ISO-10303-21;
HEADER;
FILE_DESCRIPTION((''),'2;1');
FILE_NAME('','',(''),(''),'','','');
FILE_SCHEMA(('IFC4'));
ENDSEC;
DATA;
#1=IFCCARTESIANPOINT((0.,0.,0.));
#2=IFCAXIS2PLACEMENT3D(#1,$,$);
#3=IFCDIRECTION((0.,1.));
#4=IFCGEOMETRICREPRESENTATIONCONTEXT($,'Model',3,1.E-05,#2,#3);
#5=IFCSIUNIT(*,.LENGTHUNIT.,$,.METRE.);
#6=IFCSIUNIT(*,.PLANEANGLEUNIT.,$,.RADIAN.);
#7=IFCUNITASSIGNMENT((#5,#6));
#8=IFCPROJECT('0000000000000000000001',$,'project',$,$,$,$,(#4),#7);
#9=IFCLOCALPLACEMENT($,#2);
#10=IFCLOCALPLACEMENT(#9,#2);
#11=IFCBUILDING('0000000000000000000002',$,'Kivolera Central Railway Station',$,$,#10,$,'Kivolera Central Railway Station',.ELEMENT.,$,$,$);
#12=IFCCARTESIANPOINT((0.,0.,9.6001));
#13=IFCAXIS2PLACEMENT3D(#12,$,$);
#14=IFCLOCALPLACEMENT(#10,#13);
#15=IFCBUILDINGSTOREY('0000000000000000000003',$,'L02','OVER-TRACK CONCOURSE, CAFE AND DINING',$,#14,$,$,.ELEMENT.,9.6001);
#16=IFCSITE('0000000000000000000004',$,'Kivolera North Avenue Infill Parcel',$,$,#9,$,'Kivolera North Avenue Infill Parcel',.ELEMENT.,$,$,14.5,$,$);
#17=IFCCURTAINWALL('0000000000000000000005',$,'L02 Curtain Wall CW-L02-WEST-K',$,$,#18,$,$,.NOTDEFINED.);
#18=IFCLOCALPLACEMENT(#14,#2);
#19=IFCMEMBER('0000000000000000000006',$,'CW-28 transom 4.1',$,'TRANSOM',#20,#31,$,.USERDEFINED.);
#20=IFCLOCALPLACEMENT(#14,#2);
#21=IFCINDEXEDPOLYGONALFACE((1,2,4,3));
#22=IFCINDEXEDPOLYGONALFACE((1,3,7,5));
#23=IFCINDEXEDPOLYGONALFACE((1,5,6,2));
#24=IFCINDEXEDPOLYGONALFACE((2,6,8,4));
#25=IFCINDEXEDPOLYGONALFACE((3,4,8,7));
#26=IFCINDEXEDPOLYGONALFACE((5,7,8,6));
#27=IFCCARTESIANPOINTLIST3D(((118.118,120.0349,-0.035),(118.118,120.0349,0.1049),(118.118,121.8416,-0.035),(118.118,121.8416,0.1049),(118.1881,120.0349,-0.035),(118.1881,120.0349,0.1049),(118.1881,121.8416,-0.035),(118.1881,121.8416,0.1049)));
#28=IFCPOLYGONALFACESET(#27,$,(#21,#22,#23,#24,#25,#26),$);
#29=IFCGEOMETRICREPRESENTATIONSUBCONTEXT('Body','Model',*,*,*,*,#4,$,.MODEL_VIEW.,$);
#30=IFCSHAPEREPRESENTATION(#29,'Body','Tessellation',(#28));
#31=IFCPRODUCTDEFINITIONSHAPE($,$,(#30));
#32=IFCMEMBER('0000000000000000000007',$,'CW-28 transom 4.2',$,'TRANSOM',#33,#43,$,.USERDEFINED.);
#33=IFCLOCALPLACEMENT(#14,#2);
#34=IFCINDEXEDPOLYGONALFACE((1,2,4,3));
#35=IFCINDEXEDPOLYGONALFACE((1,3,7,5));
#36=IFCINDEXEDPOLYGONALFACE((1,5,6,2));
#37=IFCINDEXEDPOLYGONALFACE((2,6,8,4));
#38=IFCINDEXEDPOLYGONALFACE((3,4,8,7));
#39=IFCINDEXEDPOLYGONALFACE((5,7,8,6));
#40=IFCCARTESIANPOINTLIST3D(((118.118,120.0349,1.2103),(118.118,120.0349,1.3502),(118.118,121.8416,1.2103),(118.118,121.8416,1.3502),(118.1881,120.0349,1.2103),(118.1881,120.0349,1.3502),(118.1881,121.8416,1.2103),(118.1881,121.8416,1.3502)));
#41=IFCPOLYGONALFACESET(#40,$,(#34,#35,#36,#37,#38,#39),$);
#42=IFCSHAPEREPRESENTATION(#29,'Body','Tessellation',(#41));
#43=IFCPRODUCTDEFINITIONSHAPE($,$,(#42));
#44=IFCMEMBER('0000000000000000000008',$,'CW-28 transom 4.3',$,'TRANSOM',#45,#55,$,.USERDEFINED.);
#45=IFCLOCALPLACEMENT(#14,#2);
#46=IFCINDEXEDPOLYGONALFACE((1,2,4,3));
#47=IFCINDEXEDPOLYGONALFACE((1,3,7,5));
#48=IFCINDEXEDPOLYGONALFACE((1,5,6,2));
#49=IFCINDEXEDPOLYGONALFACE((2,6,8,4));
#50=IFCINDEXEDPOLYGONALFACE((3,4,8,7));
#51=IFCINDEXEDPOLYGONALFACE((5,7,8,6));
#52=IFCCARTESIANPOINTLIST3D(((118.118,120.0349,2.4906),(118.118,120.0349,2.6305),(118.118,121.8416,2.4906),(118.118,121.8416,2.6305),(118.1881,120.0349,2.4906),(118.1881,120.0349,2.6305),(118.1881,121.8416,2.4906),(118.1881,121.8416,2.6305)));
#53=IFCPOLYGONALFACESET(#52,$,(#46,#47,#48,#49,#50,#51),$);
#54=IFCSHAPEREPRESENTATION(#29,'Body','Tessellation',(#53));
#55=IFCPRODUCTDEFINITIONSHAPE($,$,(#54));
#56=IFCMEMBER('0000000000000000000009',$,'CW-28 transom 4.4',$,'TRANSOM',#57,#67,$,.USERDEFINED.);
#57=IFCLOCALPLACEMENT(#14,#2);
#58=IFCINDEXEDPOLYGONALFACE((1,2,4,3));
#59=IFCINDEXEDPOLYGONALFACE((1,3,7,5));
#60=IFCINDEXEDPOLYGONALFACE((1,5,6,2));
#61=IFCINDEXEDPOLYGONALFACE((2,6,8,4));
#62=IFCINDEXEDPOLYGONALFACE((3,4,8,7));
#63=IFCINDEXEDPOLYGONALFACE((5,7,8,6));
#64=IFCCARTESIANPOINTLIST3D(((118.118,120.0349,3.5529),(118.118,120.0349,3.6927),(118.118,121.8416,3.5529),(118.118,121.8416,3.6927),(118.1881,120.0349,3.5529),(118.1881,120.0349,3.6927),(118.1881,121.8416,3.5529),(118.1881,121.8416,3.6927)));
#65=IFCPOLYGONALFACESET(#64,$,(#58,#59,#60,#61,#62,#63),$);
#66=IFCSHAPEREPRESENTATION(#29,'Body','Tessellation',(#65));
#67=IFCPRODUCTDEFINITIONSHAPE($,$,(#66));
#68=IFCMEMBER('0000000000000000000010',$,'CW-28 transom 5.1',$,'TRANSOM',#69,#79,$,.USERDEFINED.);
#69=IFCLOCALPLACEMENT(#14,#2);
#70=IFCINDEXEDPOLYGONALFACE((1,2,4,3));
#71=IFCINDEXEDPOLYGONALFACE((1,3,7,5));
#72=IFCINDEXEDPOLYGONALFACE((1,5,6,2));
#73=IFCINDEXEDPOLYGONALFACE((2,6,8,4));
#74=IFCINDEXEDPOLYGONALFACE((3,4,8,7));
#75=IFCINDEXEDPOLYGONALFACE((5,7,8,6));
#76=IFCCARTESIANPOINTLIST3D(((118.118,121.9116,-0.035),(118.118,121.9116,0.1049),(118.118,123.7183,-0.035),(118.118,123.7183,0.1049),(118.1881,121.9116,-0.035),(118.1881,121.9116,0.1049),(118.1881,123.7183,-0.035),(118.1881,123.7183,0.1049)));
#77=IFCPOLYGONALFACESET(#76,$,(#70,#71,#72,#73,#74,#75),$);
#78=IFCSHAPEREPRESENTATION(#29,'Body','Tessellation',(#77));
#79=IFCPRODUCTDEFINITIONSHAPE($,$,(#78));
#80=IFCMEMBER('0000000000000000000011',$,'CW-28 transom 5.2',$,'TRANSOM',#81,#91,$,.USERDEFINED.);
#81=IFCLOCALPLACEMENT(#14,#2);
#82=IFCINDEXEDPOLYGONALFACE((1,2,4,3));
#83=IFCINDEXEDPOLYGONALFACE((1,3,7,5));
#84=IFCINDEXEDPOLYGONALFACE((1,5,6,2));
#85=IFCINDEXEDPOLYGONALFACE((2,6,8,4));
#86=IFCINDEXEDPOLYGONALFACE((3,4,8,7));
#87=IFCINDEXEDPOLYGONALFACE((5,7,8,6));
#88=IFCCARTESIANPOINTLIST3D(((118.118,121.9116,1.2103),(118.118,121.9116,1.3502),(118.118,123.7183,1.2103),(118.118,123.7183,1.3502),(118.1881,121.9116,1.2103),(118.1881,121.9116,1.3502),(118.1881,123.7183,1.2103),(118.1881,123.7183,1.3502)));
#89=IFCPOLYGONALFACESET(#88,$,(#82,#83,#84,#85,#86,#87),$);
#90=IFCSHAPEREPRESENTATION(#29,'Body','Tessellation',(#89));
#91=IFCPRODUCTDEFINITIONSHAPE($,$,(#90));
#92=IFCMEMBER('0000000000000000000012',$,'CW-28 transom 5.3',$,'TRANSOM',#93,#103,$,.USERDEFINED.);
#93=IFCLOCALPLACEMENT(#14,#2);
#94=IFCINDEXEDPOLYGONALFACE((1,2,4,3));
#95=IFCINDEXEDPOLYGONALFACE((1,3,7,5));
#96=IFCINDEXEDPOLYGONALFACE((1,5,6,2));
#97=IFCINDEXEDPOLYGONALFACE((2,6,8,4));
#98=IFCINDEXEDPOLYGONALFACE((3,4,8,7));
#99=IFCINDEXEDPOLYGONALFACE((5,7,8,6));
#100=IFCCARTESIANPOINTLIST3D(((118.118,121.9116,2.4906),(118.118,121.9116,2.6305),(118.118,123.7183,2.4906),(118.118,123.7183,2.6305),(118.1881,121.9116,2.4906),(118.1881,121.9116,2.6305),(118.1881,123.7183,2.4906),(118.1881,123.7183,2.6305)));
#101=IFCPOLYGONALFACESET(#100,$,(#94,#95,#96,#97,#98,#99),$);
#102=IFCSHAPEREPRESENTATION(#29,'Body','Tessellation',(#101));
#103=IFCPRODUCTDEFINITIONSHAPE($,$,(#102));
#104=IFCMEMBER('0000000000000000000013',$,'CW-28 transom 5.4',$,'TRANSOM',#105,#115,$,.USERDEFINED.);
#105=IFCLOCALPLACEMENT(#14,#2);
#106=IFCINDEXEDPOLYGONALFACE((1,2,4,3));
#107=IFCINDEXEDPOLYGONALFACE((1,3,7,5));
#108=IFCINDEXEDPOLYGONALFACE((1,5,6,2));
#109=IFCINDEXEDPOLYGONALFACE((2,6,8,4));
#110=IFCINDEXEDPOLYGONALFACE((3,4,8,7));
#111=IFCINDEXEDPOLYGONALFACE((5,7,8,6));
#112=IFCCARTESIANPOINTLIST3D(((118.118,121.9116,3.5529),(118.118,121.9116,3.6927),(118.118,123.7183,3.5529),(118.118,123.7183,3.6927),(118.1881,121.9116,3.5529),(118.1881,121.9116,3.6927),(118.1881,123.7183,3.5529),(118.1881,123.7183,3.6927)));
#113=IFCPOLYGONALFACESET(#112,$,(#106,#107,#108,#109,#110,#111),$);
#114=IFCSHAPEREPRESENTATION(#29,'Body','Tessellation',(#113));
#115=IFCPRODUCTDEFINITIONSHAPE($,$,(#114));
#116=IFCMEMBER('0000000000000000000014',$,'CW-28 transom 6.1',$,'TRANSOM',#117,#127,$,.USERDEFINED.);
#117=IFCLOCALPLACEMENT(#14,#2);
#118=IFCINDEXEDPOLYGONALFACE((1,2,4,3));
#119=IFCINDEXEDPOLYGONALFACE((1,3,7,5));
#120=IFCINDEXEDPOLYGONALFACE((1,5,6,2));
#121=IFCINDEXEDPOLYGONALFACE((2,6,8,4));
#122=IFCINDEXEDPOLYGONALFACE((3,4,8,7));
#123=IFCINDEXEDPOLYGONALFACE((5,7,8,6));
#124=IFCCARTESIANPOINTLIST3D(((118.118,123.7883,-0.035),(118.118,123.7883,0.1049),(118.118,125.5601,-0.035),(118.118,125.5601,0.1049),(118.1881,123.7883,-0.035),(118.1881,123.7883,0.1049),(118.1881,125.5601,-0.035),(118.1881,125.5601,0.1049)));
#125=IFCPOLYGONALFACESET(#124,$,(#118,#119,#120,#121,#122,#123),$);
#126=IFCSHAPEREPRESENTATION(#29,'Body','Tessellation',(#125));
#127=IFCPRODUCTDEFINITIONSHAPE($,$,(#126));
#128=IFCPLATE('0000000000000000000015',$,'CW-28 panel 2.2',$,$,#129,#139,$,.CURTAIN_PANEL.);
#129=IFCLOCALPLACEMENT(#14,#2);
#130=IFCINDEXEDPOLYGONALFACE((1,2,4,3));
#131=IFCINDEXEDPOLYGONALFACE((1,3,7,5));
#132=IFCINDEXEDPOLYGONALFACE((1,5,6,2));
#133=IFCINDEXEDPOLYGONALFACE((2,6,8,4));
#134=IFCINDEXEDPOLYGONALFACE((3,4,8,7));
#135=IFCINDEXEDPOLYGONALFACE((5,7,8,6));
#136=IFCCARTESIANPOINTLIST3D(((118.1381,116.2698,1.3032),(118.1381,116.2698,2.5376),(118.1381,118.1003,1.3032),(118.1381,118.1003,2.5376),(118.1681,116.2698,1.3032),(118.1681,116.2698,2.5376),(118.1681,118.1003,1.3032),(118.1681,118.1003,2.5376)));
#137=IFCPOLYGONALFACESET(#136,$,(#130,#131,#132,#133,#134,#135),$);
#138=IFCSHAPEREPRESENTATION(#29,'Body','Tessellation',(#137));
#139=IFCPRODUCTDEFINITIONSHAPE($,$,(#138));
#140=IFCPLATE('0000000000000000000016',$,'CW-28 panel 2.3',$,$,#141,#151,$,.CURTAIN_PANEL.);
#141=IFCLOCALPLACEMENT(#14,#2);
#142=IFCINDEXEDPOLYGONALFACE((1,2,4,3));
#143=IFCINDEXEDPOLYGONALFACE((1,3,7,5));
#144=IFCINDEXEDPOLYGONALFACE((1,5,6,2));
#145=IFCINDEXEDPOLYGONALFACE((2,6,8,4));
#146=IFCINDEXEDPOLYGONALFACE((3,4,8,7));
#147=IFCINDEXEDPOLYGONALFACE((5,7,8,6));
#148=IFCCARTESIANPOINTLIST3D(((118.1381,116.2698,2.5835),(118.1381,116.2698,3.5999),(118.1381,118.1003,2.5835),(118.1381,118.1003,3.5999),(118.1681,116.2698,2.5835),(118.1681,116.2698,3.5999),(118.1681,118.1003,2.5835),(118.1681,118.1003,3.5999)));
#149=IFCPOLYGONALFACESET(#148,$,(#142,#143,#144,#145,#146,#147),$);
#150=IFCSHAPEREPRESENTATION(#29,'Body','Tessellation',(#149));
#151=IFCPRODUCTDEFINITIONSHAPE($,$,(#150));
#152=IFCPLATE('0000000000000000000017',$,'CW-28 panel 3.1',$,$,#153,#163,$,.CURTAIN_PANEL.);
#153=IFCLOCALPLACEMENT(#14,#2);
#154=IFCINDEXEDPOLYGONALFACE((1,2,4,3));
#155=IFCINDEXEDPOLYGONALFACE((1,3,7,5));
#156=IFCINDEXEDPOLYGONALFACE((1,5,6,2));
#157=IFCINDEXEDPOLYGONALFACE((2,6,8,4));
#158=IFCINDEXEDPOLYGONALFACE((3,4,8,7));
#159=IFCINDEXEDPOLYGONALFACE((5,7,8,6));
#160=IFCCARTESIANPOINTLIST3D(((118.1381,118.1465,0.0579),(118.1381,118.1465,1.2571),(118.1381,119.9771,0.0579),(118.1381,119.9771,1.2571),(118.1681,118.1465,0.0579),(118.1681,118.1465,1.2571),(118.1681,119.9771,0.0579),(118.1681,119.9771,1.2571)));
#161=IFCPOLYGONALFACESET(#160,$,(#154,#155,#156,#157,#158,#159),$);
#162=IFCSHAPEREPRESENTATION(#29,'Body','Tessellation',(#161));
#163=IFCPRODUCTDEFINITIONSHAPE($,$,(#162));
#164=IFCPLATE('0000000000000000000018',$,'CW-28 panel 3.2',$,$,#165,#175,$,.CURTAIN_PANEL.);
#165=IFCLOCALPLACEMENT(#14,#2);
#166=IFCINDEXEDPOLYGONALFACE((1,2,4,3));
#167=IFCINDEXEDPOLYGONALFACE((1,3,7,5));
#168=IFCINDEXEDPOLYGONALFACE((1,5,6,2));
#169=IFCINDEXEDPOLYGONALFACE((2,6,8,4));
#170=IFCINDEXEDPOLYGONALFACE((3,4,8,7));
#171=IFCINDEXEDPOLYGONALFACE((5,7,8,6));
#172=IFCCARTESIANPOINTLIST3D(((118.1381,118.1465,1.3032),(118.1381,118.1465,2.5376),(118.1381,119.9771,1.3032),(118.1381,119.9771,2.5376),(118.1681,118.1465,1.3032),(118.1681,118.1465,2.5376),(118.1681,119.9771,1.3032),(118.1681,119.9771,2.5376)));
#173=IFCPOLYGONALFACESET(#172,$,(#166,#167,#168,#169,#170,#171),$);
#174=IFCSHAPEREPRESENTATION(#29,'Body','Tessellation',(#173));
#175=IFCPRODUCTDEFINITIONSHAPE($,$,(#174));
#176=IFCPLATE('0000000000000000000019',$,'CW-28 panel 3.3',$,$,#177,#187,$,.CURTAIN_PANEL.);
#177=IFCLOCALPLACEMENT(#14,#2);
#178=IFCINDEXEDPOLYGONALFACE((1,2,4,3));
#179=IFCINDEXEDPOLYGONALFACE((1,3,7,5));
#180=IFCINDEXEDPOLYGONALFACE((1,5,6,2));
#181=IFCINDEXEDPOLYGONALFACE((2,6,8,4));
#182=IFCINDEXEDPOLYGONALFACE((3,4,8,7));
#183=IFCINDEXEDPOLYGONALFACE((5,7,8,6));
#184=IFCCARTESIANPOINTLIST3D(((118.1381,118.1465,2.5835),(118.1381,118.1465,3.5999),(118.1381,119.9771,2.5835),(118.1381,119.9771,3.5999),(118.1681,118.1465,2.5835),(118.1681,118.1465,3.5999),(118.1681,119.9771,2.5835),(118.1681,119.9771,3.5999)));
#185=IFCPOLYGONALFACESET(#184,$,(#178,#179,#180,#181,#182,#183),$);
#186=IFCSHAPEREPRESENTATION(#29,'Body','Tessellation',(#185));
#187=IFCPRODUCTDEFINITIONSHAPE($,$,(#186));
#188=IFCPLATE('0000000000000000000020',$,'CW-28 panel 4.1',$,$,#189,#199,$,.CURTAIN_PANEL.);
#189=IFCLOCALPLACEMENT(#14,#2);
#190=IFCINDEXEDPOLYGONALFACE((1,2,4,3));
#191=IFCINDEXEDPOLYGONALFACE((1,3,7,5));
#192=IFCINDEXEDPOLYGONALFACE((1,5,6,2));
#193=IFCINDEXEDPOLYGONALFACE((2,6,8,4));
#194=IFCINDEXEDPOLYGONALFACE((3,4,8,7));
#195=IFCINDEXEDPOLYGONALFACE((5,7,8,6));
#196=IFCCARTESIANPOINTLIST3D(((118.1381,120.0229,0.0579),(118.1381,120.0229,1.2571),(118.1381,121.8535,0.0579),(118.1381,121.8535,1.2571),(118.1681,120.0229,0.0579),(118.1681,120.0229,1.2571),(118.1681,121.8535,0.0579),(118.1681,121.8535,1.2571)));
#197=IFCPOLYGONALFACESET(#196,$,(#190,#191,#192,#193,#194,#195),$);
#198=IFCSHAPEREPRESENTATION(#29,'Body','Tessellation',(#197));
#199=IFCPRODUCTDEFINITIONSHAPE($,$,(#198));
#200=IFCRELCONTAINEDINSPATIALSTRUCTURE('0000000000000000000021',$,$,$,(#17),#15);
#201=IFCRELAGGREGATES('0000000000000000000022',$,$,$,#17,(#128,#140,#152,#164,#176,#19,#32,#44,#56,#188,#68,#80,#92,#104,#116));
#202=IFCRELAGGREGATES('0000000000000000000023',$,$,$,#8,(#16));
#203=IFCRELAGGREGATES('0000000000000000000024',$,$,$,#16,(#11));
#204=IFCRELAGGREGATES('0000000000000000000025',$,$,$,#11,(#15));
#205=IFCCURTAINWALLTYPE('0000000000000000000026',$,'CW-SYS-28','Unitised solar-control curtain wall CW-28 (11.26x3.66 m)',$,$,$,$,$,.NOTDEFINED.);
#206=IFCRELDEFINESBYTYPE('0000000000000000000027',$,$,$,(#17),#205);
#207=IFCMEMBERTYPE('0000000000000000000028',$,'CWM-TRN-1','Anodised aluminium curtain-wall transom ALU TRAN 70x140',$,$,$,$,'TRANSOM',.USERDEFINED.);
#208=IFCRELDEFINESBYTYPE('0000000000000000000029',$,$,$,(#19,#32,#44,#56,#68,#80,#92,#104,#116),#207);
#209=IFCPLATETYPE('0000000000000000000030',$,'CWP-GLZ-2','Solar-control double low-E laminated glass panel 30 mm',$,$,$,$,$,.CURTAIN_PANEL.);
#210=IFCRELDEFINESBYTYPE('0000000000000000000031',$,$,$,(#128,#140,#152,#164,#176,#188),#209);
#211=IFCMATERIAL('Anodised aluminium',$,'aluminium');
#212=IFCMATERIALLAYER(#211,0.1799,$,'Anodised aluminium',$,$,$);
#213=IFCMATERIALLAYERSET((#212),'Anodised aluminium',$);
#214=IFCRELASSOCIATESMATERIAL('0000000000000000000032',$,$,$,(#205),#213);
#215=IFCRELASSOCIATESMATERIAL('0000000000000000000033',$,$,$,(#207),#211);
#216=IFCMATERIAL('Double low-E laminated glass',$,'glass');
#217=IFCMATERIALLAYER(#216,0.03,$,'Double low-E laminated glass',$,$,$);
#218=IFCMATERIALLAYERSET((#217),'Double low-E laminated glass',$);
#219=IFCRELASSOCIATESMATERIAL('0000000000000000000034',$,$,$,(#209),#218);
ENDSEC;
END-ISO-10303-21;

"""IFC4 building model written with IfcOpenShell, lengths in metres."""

from ifc_helpers import new_model, si_unit, direction, frame, origin, origin_2d, place, context, subcontext, project, spatial, rectangle, extrude, material, layer, layer_set, material_profile, profile_set, type_object, element, aggregate, save


model = new_model("IFC4")

# Units and contexts
model_context = context("Model", 3, precision=1e-05, world=origin(), true_north=direction((0.0, 1.0)))
body_context = subcontext(model_context, "Body", "Model", "MODEL_VIEW")
ifc_project = project(units=[si_unit("LENGTHUNIT", "METRE"), si_unit("PLANEANGLEUNIT", "RADIAN")], contexts=[model_context])

# Site, building, storey
site_placement = place(None, origin())
site = spatial("IfcSite", under=ifc_project, at=site_placement, Name="Kivolera North Avenue Infill Parcel", LongName="Kivolera North Avenue Infill Parcel", CompositionType="ELEMENT", RefElevation=14.5)
building_placement = place(site_placement, origin())
building = spatial("IfcBuilding", under=site, at=building_placement, Name="Kivolera Central Railway Station", LongName="Kivolera Central Railway Station", CompositionType="ELEMENT")
storey_placement = place(building_placement, frame((0.0, 0.0, 9.6001)))
storey = spatial("IfcBuildingStorey", under=building, at=storey_placement, Name="L02", Description="OVER-TRACK CONCOURSE, CAFE AND DINING", CompositionType="ELEMENT", Elevation=9.6001)

# Curtain wall, members, plates
ifc_material_1 = material(Name="Anodised aluminium", Category="aluminium")
ifc_layer_1 = layer(ifc_material_1, 0.1799, Name="Anodised aluminium")
ifc_layer_set_1 = layer_set([ifc_layer_1], Name="Anodised aluminium")
curtain_wall_type = type_object("IfcCurtainWallType", Name="CW-SYS-28", Description="Unitised solar-control curtain wall CW-28 (11.26x3.66 m)", PredefinedType="NOTDEFINED", material=ifc_layer_set_1)
curtain_wall_placement = place(storey_placement, origin())
curtain_wall = element("IfcCurtainWall", 1, at=curtain_wall_placement, inside=storey, type_object=curtain_wall_type, Name="L02 Curtain Wall CW-L02-WEST-K", PredefinedType="NOTDEFINED")
ifc_material_profile_1 = material_profile(ifc_material_1, rectangle(XDim=0.0701, YDim=0.1399, at=origin_2d()), Name="ALU TRAN 70x140")
ifc_profile_set_1 = profile_set([ifc_material_profile_1], Name="Anodised aluminium")
member_type_1 = type_object("IfcMemberType", Name="CWM-TRN-1", Description="Anodised aluminium curtain-wall transom ALU TRAN 70x140", ElementType="TRANSOM", PredefinedType="USERDEFINED", material=ifc_profile_set_1)
member_1_placement = place(storey_placement, frame((118.1531, 120.0349, 0.0349), z_axis=(0.0, 1.0, 0.0), x_axis=(-1.0, 0.0, 0.0)))
member_1 = element("IfcMember", 2, at=member_1_placement, type_object=member_type_1, Name="CW-28 transom 4.1", ObjectType="TRANSOM", PredefinedType="USERDEFINED", context=body_context, shape_type="SweptSolid", body=[
    extrude(rectangle(XDim=0.0701, YDim=0.1399, at=origin_2d()), origin(), (0.0, 0.0, 1.0), 1.8066),
])
member_2_placement = place(storey_placement, frame((118.1531, 120.0349, 1.2803), z_axis=(0.0, 1.0, 0.0), x_axis=(-1.0, 0.0, 0.0)))
member_2 = element("IfcMember", 3, at=member_2_placement, type_object=member_type_1, Name="CW-28 transom 4.2", ObjectType="TRANSOM", PredefinedType="USERDEFINED", context=body_context, shape_type="SweptSolid", body=[
    extrude(rectangle(XDim=0.0701, YDim=0.1399, at=origin_2d()), origin(), (0.0, 0.0, 1.0), 1.8066),
])
member_3_placement = place(storey_placement, frame((118.1531, 120.0349, 2.5605), z_axis=(0.0, 1.0, 0.0), x_axis=(-1.0, 0.0, 0.0)))
member_3 = element("IfcMember", 4, at=member_3_placement, type_object=member_type_1, Name="CW-28 transom 4.3", ObjectType="TRANSOM", PredefinedType="USERDEFINED", context=body_context, shape_type="SweptSolid", body=[
    extrude(rectangle(XDim=0.0701, YDim=0.1399, at=origin_2d()), origin(), (0.0, 0.0, 1.0), 1.8066),
])
member_4_placement = place(storey_placement, frame((118.1531, 120.0349, 3.6228), z_axis=(0.0, 1.0, 0.0), x_axis=(-1.0, 0.0, 0.0)))
member_4 = element("IfcMember", 5, at=member_4_placement, type_object=member_type_1, Name="CW-28 transom 4.4", ObjectType="TRANSOM", PredefinedType="USERDEFINED", context=body_context, shape_type="SweptSolid", body=[
    extrude(rectangle(XDim=0.0701, YDim=0.1399, at=origin_2d()), origin(), (0.0, 0.0, 1.0), 1.8066),
])
member_5_placement = place(storey_placement, frame((118.1531, 121.9116, 0.0349), z_axis=(0.0, 1.0, 0.0), x_axis=(-1.0, 0.0, 0.0)))
member_5 = element("IfcMember", 6, at=member_5_placement, type_object=member_type_1, Name="CW-28 transom 5.1", ObjectType="TRANSOM", PredefinedType="USERDEFINED", context=body_context, shape_type="SweptSolid", body=[
    extrude(rectangle(XDim=0.0701, YDim=0.1399, at=origin_2d()), origin(), (0.0, 0.0, 1.0), 1.8066),
])
member_6_placement = place(storey_placement, frame((118.1531, 121.9116, 1.2803), z_axis=(0.0, 1.0, 0.0), x_axis=(-1.0, 0.0, 0.0)))
member_6 = element("IfcMember", 7, at=member_6_placement, type_object=member_type_1, Name="CW-28 transom 5.2", ObjectType="TRANSOM", PredefinedType="USERDEFINED", context=body_context, shape_type="SweptSolid", body=[
    extrude(rectangle(XDim=0.0701, YDim=0.1399, at=origin_2d()), origin(), (0.0, 0.0, 1.0), 1.8066),
])
member_7_placement = place(storey_placement, frame((118.1531, 121.9116, 2.5605), z_axis=(0.0, 1.0, 0.0), x_axis=(-1.0, 0.0, 0.0)))
member_7 = element("IfcMember", 8, at=member_7_placement, type_object=member_type_1, Name="CW-28 transom 5.3", ObjectType="TRANSOM", PredefinedType="USERDEFINED", context=body_context, shape_type="SweptSolid", body=[
    extrude(rectangle(XDim=0.0701, YDim=0.1399, at=origin_2d()), origin(), (0.0, 0.0, 1.0), 1.8066),
])
member_8_placement = place(storey_placement, frame((118.1531, 121.9116, 3.6228), z_axis=(0.0, 1.0, 0.0), x_axis=(-1.0, 0.0, 0.0)))
member_8 = element("IfcMember", 9, at=member_8_placement, type_object=member_type_1, Name="CW-28 transom 5.4", ObjectType="TRANSOM", PredefinedType="USERDEFINED", context=body_context, shape_type="SweptSolid", body=[
    extrude(rectangle(XDim=0.0701, YDim=0.1399, at=origin_2d()), origin(), (0.0, 0.0, 1.0), 1.8066),
])
member_9_placement = place(storey_placement, frame((118.1531, 123.7883, 0.0349), z_axis=(0.0, 1.0, 0.0), x_axis=(-1.0, 0.0, 0.0)))
member_9 = element("IfcMember", 10, at=member_9_placement, type_object=member_type_1, Name="CW-28 transom 6.1", ObjectType="TRANSOM", PredefinedType="USERDEFINED", context=body_context, shape_type="SweptSolid", body=[
    extrude(rectangle(XDim=0.0701, YDim=0.1399, at=origin_2d()), origin(), (0.0, 0.0, 1.0), 1.7717),
])
ifc_material_2 = material(Name="Double low-E laminated glass", Category="glass")
ifc_layer_2 = layer(ifc_material_2, 0.03, Name="Double low-E laminated glass")
ifc_layer_set_2 = layer_set([ifc_layer_2], Name="Double low-E laminated glass")
plate_type = type_object("IfcPlateType", Name="CWP-GLZ-2", Description="Solar-control double low-E laminated glass panel 30 mm", PredefinedType="CURTAIN_PANEL", material=ifc_layer_set_2)
plate_1_placement = place(storey_placement, frame((118.1531, 117.1851, 1.3032), z_axis=(0.0, 0.0, 1.0), x_axis=(0.0, 1.0, 0.0)))
plate_1 = element("IfcPlate", 11, at=plate_1_placement, type_object=plate_type, Name="CW-28 panel 2.2", PredefinedType="CURTAIN_PANEL", context=body_context, shape_type="SweptSolid", body=[
    extrude(rectangle(XDim=1.8306, YDim=0.03, at=origin_2d()), origin(), (0.0, 0.0, 1.0), 1.2344),
])
plate_2_placement = place(storey_placement, frame((118.1531, 117.1851, 2.5835), z_axis=(0.0, 0.0, 1.0), x_axis=(0.0, 1.0, 0.0)))
plate_2 = element("IfcPlate", 12, at=plate_2_placement, type_object=plate_type, Name="CW-28 panel 2.3", PredefinedType="CURTAIN_PANEL", context=body_context, shape_type="SweptSolid", body=[
    extrude(rectangle(XDim=1.8306, YDim=0.03, at=origin_2d()), origin(), (0.0, 0.0, 1.0), 1.0164),
])
plate_3_placement = place(storey_placement, frame((118.1531, 119.0618, 0.0579), z_axis=(0.0, 0.0, 1.0), x_axis=(0.0, 1.0, 0.0)))
plate_3 = element("IfcPlate", 13, at=plate_3_placement, type_object=plate_type, Name="CW-28 panel 3.1", PredefinedType="CURTAIN_PANEL", context=body_context, shape_type="SweptSolid", body=[
    extrude(rectangle(XDim=1.8306, YDim=0.03, at=origin_2d()), origin(), (0.0, 0.0, 1.0), 1.1992),
])
plate_4_placement = place(storey_placement, frame((118.1531, 119.0618, 1.3032), z_axis=(0.0, 0.0, 1.0), x_axis=(0.0, 1.0, 0.0)))
plate_4 = element("IfcPlate", 14, at=plate_4_placement, type_object=plate_type, Name="CW-28 panel 3.2", PredefinedType="CURTAIN_PANEL", context=body_context, shape_type="SweptSolid", body=[
    extrude(rectangle(XDim=1.8306, YDim=0.03, at=origin_2d()), origin(), (0.0, 0.0, 1.0), 1.2344),
])
plate_5_placement = place(storey_placement, frame((118.1531, 119.0618, 2.5835), z_axis=(0.0, 0.0, 1.0), x_axis=(0.0, 1.0, 0.0)))
plate_5 = element("IfcPlate", 15, at=plate_5_placement, type_object=plate_type, Name="CW-28 panel 3.3", PredefinedType="CURTAIN_PANEL", context=body_context, shape_type="SweptSolid", body=[
    extrude(rectangle(XDim=1.8306, YDim=0.03, at=origin_2d()), origin(), (0.0, 0.0, 1.0), 1.0164),
])
plate_6_placement = place(storey_placement, frame((118.1531, 120.9382, 0.0579), z_axis=(0.0, 0.0, 1.0), x_axis=(0.0, 1.0, 0.0)))
plate_6 = element("IfcPlate", 16, at=plate_6_placement, type_object=plate_type, Name="CW-28 panel 4.1", PredefinedType="CURTAIN_PANEL", context=body_context, shape_type="SweptSolid", body=[
    extrude(rectangle(XDim=1.8306, YDim=0.03, at=origin_2d()), origin(), (0.0, 0.0, 1.0), 1.1992),
])
aggregate(curtain_wall, [plate_1, plate_2, plate_3, plate_4, plate_5, member_1, member_2, member_3, member_4, plate_6, member_5, member_6, member_7, member_8, member_9])

save(model, "model.ifc")
